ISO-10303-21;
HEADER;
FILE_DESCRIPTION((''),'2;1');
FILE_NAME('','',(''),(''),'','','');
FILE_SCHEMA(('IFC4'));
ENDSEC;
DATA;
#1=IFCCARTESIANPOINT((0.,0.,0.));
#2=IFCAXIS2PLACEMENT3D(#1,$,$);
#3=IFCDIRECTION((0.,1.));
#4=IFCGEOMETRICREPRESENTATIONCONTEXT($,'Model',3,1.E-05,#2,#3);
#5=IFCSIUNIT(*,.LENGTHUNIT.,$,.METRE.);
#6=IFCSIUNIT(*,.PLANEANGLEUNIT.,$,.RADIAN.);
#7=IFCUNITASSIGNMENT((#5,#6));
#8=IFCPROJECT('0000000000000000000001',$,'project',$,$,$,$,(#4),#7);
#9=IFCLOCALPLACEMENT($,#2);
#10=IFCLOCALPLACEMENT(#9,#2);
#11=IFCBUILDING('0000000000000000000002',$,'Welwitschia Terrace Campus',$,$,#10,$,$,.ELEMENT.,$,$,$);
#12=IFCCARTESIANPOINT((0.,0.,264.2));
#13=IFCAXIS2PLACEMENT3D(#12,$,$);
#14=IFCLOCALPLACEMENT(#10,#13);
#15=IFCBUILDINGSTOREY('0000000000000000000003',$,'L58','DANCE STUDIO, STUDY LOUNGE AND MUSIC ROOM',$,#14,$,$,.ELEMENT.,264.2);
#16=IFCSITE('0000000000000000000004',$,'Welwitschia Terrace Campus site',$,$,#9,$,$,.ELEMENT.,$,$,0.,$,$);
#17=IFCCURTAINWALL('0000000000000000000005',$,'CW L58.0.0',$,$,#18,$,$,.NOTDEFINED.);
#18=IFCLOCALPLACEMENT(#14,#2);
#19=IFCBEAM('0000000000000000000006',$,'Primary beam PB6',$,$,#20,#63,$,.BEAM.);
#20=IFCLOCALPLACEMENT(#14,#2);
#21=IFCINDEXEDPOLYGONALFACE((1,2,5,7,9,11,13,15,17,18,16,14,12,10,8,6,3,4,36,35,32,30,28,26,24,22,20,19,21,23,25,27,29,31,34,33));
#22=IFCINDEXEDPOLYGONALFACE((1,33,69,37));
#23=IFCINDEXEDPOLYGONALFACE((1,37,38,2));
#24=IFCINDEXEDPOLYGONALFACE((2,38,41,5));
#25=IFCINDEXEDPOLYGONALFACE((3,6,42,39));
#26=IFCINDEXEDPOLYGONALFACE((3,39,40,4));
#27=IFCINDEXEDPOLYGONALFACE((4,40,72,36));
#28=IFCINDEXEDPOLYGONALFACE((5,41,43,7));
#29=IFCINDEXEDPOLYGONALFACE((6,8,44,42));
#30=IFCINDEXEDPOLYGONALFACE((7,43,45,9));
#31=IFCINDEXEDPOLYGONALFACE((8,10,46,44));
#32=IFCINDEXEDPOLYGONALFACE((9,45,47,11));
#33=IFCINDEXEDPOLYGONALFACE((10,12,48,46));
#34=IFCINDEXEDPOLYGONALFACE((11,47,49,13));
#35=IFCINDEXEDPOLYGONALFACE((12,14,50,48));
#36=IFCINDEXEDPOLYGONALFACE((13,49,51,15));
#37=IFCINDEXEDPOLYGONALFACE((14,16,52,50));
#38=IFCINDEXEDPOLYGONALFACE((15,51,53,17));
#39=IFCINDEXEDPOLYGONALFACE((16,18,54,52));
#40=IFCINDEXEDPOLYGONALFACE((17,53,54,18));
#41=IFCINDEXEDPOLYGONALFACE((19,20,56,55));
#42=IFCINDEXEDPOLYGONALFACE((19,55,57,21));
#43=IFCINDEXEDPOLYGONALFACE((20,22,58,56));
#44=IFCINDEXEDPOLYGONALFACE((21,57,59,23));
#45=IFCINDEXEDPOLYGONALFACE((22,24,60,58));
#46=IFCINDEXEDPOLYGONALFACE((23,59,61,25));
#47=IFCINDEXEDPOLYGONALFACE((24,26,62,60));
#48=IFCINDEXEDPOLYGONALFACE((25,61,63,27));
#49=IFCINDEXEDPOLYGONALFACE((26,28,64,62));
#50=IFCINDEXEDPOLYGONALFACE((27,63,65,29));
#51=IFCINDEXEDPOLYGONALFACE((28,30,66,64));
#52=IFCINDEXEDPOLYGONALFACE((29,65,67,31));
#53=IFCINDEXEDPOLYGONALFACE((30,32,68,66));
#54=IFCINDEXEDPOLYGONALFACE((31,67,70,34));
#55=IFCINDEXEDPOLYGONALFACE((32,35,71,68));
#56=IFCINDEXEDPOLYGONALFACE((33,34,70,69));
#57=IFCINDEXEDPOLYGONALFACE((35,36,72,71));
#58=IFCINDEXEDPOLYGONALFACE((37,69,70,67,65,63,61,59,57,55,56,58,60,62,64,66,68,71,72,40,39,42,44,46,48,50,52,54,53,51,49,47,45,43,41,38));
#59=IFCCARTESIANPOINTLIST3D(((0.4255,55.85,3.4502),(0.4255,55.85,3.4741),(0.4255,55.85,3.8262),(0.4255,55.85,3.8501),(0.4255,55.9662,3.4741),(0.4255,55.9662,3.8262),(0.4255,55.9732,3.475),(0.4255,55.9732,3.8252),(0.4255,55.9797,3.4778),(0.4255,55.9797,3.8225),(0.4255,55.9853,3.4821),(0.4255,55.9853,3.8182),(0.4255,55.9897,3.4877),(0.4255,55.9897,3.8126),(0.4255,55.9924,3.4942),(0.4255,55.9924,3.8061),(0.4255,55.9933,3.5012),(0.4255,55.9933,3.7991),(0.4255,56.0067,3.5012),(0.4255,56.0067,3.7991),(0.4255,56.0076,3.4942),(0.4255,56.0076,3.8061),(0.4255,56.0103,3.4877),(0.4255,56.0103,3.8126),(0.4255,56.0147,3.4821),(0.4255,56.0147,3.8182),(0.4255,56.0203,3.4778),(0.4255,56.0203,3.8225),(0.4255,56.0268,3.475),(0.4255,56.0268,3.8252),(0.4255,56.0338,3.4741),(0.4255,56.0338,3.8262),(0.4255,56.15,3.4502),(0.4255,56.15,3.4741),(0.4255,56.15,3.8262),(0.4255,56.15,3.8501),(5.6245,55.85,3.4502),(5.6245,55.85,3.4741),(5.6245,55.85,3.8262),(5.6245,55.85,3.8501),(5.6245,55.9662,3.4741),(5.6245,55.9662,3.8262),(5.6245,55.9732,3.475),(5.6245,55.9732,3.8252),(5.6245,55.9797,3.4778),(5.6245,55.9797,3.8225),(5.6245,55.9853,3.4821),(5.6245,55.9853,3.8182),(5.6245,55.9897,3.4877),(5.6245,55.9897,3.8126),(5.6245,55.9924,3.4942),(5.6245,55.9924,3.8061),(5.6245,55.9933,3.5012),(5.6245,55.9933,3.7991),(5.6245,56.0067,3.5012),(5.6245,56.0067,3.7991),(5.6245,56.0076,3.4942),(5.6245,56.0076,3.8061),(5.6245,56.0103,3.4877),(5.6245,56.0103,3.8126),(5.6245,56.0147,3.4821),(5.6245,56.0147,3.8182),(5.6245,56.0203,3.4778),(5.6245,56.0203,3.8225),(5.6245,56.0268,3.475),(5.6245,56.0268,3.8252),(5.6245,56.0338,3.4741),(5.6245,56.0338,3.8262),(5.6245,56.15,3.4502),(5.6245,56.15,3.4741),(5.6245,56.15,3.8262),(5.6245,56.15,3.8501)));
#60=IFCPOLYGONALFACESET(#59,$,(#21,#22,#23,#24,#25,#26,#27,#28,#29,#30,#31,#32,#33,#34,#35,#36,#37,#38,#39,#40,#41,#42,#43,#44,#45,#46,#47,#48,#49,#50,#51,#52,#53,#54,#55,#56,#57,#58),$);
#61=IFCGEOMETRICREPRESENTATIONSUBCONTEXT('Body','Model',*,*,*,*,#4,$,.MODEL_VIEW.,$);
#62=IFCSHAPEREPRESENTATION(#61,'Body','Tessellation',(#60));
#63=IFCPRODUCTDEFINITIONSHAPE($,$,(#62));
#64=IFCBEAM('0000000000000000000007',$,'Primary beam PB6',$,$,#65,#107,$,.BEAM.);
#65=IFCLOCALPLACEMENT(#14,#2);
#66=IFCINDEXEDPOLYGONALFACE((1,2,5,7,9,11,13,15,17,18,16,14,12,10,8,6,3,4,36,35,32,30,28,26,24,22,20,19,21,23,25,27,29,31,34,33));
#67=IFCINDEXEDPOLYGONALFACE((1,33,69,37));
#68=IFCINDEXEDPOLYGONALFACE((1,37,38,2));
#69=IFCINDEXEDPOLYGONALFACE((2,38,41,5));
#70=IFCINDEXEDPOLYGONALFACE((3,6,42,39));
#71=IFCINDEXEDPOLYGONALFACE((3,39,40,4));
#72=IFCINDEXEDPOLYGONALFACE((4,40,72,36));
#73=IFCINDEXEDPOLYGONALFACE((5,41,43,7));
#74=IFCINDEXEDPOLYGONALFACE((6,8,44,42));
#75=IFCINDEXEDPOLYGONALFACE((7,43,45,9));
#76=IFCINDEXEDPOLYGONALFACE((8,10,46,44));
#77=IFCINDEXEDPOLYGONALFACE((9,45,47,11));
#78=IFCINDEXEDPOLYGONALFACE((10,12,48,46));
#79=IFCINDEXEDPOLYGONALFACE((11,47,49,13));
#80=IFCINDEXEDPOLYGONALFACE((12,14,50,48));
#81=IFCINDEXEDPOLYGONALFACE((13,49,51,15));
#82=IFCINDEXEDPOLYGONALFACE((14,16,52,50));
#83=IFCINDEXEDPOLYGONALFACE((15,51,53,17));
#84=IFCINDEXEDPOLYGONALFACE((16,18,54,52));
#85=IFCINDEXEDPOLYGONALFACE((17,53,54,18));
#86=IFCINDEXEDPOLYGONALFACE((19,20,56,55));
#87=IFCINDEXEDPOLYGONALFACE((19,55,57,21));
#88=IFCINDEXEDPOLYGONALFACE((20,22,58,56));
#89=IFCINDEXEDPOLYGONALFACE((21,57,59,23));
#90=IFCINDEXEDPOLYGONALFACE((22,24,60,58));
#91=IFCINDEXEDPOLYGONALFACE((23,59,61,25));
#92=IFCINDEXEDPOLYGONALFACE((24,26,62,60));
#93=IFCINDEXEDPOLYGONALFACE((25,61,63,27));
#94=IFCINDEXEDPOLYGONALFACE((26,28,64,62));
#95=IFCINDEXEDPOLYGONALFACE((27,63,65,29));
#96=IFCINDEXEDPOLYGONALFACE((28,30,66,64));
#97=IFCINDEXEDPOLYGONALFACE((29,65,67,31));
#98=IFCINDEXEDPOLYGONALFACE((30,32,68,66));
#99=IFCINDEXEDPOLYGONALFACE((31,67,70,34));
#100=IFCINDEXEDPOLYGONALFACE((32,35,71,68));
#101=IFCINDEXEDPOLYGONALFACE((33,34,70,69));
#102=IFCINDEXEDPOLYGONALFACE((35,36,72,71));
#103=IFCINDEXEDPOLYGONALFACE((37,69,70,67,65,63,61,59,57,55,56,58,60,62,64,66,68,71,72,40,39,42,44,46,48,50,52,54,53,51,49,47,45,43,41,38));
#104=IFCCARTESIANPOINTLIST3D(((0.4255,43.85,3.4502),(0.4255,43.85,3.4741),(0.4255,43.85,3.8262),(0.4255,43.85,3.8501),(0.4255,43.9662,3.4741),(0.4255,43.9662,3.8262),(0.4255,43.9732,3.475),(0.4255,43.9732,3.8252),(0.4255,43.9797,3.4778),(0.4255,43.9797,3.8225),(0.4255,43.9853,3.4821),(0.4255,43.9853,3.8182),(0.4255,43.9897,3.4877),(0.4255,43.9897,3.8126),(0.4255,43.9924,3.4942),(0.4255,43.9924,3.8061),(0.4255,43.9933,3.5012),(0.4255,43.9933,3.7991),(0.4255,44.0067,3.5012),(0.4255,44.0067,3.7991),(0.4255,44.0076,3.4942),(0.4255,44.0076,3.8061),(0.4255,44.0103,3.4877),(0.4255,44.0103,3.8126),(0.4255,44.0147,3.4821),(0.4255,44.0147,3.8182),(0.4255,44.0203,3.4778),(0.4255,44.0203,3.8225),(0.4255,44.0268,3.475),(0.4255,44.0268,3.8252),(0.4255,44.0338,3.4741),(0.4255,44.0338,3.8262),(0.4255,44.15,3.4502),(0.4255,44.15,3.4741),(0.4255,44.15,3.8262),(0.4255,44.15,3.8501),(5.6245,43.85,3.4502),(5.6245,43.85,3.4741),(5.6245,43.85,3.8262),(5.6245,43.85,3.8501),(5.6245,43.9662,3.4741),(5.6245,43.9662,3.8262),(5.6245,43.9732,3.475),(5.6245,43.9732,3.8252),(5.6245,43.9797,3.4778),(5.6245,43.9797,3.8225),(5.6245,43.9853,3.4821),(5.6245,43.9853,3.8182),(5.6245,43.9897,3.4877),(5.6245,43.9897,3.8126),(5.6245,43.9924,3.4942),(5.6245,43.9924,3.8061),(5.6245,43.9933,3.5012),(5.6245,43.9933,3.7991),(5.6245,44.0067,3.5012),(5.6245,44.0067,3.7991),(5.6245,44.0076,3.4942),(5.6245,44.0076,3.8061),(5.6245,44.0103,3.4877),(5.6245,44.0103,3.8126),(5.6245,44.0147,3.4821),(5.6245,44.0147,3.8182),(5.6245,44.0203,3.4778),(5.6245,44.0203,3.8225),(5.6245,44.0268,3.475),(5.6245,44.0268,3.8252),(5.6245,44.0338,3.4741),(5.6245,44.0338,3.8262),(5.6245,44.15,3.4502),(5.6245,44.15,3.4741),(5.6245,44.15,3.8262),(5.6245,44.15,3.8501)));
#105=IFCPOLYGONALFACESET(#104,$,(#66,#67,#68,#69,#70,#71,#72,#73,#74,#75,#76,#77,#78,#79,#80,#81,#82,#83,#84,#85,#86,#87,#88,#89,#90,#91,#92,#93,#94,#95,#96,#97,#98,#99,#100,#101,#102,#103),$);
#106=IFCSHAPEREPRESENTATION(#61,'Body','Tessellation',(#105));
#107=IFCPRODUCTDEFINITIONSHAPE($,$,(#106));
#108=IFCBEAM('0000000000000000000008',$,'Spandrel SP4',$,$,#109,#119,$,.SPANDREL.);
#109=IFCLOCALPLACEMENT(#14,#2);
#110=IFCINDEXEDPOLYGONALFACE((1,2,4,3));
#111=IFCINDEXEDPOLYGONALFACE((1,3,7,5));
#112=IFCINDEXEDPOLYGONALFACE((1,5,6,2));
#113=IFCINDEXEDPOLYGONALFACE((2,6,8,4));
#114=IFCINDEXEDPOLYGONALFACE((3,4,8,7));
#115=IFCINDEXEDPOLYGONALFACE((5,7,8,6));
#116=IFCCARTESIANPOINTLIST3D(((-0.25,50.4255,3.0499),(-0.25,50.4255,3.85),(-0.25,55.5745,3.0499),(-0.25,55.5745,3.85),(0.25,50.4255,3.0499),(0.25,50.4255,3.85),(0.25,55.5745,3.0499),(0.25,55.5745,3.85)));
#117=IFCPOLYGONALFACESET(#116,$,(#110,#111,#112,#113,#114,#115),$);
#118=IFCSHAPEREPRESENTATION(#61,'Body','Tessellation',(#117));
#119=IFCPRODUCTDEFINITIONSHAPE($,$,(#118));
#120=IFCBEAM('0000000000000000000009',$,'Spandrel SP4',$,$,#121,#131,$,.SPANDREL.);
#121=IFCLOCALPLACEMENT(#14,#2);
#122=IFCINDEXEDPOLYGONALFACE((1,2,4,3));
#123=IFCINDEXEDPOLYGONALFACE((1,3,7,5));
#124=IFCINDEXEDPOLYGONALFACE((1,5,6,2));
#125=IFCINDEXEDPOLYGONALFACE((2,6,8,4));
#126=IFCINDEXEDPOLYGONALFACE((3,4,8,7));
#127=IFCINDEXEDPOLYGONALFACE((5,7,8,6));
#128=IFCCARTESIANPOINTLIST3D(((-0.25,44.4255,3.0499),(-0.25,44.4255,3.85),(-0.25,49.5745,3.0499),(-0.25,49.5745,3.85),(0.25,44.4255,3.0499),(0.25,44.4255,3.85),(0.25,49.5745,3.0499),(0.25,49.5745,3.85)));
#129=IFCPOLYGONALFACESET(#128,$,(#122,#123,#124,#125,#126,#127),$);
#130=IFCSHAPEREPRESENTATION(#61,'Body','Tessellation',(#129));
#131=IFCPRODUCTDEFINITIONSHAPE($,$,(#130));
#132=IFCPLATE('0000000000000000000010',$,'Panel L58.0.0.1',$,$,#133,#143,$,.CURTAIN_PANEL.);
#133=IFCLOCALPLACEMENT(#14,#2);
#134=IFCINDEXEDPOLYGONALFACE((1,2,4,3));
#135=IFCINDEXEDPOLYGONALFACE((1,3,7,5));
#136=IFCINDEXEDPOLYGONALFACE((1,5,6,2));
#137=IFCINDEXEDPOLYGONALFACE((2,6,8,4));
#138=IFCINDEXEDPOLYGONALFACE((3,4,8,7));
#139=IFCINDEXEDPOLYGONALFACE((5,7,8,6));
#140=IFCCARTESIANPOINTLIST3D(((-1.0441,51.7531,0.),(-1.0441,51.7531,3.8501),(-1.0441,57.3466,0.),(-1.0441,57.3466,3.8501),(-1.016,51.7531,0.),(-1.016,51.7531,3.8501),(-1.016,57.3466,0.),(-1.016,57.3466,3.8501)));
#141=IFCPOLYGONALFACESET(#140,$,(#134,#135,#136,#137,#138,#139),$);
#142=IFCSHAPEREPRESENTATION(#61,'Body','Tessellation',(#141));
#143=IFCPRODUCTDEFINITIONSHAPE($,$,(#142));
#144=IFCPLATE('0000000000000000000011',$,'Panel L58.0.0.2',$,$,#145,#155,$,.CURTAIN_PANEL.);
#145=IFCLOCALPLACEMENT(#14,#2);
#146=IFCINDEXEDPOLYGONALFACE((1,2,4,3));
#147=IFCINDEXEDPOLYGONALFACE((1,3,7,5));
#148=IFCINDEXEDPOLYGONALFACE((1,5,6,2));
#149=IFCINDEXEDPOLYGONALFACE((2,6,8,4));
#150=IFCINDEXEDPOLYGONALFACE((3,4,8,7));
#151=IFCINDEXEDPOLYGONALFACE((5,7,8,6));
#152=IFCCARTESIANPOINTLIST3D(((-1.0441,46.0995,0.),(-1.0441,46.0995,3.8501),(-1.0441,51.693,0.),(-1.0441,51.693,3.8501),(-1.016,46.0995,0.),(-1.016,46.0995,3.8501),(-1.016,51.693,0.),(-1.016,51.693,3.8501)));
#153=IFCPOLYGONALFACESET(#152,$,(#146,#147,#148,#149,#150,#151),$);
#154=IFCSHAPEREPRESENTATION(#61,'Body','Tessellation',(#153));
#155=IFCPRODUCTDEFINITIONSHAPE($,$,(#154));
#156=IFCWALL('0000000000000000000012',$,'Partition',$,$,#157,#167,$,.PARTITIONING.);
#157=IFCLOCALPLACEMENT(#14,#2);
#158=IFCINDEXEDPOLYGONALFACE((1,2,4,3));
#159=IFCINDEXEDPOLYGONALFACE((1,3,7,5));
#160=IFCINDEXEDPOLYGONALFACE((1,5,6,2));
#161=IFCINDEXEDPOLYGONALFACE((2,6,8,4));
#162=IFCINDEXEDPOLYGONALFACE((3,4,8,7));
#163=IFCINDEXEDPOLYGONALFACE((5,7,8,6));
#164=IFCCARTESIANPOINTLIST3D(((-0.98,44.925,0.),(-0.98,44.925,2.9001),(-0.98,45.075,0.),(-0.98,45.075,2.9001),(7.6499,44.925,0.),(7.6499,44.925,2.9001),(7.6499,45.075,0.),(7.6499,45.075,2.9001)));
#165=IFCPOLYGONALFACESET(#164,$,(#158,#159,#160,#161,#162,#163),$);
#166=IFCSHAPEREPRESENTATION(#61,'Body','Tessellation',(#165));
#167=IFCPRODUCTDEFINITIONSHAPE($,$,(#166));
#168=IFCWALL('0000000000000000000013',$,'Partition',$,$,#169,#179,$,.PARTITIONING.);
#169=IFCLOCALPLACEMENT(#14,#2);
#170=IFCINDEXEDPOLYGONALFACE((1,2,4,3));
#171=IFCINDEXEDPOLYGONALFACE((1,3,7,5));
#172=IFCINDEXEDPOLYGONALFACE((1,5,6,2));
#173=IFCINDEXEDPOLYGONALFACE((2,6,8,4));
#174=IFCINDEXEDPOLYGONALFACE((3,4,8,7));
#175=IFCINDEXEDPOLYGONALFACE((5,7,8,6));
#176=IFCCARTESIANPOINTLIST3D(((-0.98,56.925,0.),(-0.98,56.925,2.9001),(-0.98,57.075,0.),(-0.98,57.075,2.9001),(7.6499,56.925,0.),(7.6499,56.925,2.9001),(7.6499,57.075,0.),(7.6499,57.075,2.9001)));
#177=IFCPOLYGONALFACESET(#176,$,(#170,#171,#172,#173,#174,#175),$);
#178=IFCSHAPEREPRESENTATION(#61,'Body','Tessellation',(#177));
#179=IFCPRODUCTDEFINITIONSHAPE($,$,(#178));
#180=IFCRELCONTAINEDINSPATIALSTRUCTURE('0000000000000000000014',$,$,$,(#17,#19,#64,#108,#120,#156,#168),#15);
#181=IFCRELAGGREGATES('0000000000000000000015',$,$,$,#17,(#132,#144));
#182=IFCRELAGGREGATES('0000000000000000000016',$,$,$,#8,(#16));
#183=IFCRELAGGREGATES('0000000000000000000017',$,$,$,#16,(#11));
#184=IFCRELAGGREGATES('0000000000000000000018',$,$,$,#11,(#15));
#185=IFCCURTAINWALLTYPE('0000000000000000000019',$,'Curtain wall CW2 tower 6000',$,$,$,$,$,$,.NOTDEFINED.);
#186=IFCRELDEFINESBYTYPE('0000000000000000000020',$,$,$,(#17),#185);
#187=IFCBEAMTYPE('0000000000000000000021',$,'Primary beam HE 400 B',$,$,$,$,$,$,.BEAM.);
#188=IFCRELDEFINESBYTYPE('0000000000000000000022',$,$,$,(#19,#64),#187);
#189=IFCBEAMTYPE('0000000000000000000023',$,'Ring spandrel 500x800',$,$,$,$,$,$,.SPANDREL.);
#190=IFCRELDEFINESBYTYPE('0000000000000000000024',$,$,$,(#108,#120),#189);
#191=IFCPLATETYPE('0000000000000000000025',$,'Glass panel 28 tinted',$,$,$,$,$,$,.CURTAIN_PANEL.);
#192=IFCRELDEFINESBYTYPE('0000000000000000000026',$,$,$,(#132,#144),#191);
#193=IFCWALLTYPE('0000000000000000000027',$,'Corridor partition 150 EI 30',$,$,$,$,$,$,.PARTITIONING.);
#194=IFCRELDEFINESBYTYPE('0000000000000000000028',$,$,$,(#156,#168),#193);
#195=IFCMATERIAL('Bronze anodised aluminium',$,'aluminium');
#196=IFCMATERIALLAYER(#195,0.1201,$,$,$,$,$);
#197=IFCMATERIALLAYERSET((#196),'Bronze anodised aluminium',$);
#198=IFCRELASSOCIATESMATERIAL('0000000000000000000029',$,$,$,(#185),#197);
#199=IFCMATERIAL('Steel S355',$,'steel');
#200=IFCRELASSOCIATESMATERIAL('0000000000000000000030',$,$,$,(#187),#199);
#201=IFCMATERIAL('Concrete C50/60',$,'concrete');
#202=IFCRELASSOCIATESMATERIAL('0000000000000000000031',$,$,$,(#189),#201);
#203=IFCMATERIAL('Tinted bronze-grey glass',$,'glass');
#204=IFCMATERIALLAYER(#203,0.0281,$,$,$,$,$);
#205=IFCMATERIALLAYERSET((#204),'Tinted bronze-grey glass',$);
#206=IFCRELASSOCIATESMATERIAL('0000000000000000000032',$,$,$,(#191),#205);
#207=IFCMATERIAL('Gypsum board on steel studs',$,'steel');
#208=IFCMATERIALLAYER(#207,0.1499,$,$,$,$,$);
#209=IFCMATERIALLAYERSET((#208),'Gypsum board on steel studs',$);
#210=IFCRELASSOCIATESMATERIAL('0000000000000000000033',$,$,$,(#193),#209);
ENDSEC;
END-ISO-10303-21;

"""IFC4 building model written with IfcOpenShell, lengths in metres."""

from ifc_helpers import new_model, si_unit, direction, frame, frame_2d, origin, origin_2d, place, context, subcontext, project, spatial, rectangle, i_section, extrude, material, layer, layer_set, material_profile, profile_set, type_object, element, aggregate, save


model = new_model("IFC4")

# Units and contexts
model_context = context("Model", 3, precision=1e-05, world=origin(), true_north=direction((0.0, 1.0)))
body_context = subcontext(model_context, "Body", "Model", "MODEL_VIEW")
ifc_project = project(units=[si_unit("LENGTHUNIT", "METRE"), si_unit("PLANEANGLEUNIT", "RADIAN")], contexts=[model_context])

# Site, building, storey
site_placement = place(None, origin())
site = spatial("IfcSite", under=ifc_project, at=site_placement, Name="Welwitschia Terrace Campus site", CompositionType="ELEMENT", RefElevation=0.0)
building_placement = place(site_placement, origin())
building = spatial("IfcBuilding", under=site, at=building_placement, Name="Welwitschia Terrace Campus", CompositionType="ELEMENT")
storey_placement = place(building_placement, frame((0.0, 0.0, 264.2)))
storey = spatial("IfcBuildingStorey", under=building, at=storey_placement, Name="L58", Description="DANCE STUDIO, STUDY LOUNGE AND MUSIC ROOM", CompositionType="ELEMENT", Elevation=264.2)

# Curtain wall
ifc_material_1 = material(Name="Bronze anodised aluminium", Category="aluminium")
ifc_layer_1 = layer(ifc_material_1, 0.1201)
ifc_layer_set_1 = layer_set([ifc_layer_1], Name="Bronze anodised aluminium")
curtain_wall_type = type_object("IfcCurtainWallType", Name="Curtain wall CW2 tower 6000", PredefinedType="NOTDEFINED", material=ifc_layer_set_1)
curtain_wall_placement = place(storey_placement, origin())
curtain_wall = element("IfcCurtainWall", 1, at=curtain_wall_placement, inside=storey, type_object=curtain_wall_type, Name="CW L58.0.0", PredefinedType="NOTDEFINED")

# Beams
ifc_material_2 = material(Name="Steel S355", Category="steel")
ifc_material_profile_1 = material_profile(ifc_material_2, i_section(OverallWidth=0.3, OverallDepth=0.3999, WebThickness=0.0134, FlangeThickness=0.0239, FilletRadius=0.0271, at=origin_2d()))
ifc_profile_set_1 = profile_set([ifc_material_profile_1], Name="Steel S355")
beam_type_1 = type_object("IfcBeamType", Name="Primary beam HE 400 B", PredefinedType="BEAM", material=ifc_profile_set_1)
for number, where, z_axis, x_axis, name in (
    (2, (0.4255, 56.0, 3.6501), (1.0, 0.0, 0.0), (0.0, 1.0, 0.0), "Primary beam PB6"),
    (3, (0.4255, 44.0, 3.6501), (1.0, 0.0, 0.0), (0.0, 1.0, 0.0), "Primary beam PB6"),
):
    element("IfcBeam", number, at=place(storey_placement, frame(where, z_axis=z_axis, x_axis=x_axis)), inside=storey, type_object=beam_type_1, Name=name, PredefinedType="BEAM", context=body_context, shape_type="SweptSolid", body=[
        extrude(i_section(OverallWidth=0.3, OverallDepth=0.3999, WebThickness=0.0134, FlangeThickness=0.0239, FilletRadius=0.0271, at=origin_2d()), origin(), (0.0, 0.0, 1.0), 5.199),
    ])
ifc_material_3 = material(Name="Concrete C50/60", Category="concrete")
ifc_material_profile_2 = material_profile(ifc_material_3, rectangle(XDim=0.5, YDim=0.8, at=origin_2d()))
ifc_profile_set_2 = profile_set([ifc_material_profile_2], Name="Concrete C50/60")
beam_type_2 = type_object("IfcBeamType", Name="Ring spandrel 500x800", PredefinedType="SPANDREL", material=ifc_profile_set_2)
for number, where, z_axis, x_axis, name in (
    (4, (0.0, 55.5745, 3.45), (0.0, -1.0, 0.0), (1.0, 0.0, 0.0), "Spandrel SP4"),
    (5, (0.0, 49.5745, 3.45), (0.0, -1.0, 0.0), (1.0, 0.0, 0.0), "Spandrel SP4"),
):
    element("IfcBeam", number, at=place(storey_placement, frame(where, z_axis=z_axis, x_axis=x_axis)), inside=storey, type_object=beam_type_2, Name=name, PredefinedType="SPANDREL", context=body_context, shape_type="SweptSolid", body=[
        extrude(rectangle(XDim=0.5, YDim=0.8, at=origin_2d()), origin(), (0.0, 0.0, 1.0), 5.1489),
    ])

# Plates
ifc_material_4 = material(Name="Tinted bronze-grey glass", Category="glass")
ifc_layer_2 = layer(ifc_material_4, 0.0281)
ifc_layer_set_2 = layer_set([ifc_layer_2], Name="Tinted bronze-grey glass")
plate_type = type_object("IfcPlateType", Name="Glass panel 28 tinted", PredefinedType="CURTAIN_PANEL", material=ifc_layer_set_2)
plate_1_placement = place(storey_placement, frame((-1.03, 54.5498, 0.0), z_axis=(0.0, 0.0, 1.0), x_axis=(0.0, -1.0, 0.0)))
plate_1 = element("IfcPlate", 6, at=plate_1_placement, type_object=plate_type, Name="Panel L58.0.0.1", PredefinedType="CURTAIN_PANEL", context=body_context, shape_type="SweptSolid", body=[
    extrude(rectangle(XDim=5.5935, YDim=0.0281, at=origin_2d()), origin(), (0.0, 0.0, 1.0), 3.8501),
])
plate_2_placement = place(storey_placement, frame((-1.03, 48.8962, 0.0), z_axis=(0.0, 0.0, 1.0), x_axis=(0.0, -1.0, 0.0)))
plate_2 = element("IfcPlate", 7, at=plate_2_placement, type_object=plate_type, Name="Panel L58.0.0.2", PredefinedType="CURTAIN_PANEL", context=body_context, shape_type="SweptSolid", body=[
    extrude(rectangle(XDim=5.5935, YDim=0.0281, at=origin_2d()), origin(), (0.0, 0.0, 1.0), 3.8501),
])
aggregate(curtain_wall, [plate_1, plate_2])

# Walls
ifc_material_5 = material(Name="Gypsum board on steel studs", Category="steel")
ifc_layer_3 = layer(ifc_material_5, 0.1499)
ifc_layer_set_3 = layer_set([ifc_layer_3], Name="Gypsum board on steel studs")
wall_type = type_object("IfcWallType", Name="Corridor partition 150 EI 30", PredefinedType="PARTITIONING", material=ifc_layer_set_3)
for number, where, z_axis, x_axis, name in (
    (8, (-0.98, 45.0, 0.0), (0.0, 0.0, 1.0), (1.0, 0.0, 0.0), "Partition"),
    (9, (-0.98, 57.0, 0.0), (0.0, 0.0, 1.0), (1.0, 0.0, 0.0), "Partition"),
):
    element("IfcWall", number, at=place(storey_placement, frame(where, z_axis=z_axis, x_axis=x_axis)), inside=storey, type_object=wall_type, Name=name, PredefinedType="PARTITIONING", context=body_context, shape_type="SweptSolid", body=[
        extrude(rectangle(XDim=8.6299, YDim=0.1499, at=frame_2d((4.3149, 0.0))), origin(), (0.0, 0.0, 1.0), 2.9001),
    ])

save(model, "model.ifc")
